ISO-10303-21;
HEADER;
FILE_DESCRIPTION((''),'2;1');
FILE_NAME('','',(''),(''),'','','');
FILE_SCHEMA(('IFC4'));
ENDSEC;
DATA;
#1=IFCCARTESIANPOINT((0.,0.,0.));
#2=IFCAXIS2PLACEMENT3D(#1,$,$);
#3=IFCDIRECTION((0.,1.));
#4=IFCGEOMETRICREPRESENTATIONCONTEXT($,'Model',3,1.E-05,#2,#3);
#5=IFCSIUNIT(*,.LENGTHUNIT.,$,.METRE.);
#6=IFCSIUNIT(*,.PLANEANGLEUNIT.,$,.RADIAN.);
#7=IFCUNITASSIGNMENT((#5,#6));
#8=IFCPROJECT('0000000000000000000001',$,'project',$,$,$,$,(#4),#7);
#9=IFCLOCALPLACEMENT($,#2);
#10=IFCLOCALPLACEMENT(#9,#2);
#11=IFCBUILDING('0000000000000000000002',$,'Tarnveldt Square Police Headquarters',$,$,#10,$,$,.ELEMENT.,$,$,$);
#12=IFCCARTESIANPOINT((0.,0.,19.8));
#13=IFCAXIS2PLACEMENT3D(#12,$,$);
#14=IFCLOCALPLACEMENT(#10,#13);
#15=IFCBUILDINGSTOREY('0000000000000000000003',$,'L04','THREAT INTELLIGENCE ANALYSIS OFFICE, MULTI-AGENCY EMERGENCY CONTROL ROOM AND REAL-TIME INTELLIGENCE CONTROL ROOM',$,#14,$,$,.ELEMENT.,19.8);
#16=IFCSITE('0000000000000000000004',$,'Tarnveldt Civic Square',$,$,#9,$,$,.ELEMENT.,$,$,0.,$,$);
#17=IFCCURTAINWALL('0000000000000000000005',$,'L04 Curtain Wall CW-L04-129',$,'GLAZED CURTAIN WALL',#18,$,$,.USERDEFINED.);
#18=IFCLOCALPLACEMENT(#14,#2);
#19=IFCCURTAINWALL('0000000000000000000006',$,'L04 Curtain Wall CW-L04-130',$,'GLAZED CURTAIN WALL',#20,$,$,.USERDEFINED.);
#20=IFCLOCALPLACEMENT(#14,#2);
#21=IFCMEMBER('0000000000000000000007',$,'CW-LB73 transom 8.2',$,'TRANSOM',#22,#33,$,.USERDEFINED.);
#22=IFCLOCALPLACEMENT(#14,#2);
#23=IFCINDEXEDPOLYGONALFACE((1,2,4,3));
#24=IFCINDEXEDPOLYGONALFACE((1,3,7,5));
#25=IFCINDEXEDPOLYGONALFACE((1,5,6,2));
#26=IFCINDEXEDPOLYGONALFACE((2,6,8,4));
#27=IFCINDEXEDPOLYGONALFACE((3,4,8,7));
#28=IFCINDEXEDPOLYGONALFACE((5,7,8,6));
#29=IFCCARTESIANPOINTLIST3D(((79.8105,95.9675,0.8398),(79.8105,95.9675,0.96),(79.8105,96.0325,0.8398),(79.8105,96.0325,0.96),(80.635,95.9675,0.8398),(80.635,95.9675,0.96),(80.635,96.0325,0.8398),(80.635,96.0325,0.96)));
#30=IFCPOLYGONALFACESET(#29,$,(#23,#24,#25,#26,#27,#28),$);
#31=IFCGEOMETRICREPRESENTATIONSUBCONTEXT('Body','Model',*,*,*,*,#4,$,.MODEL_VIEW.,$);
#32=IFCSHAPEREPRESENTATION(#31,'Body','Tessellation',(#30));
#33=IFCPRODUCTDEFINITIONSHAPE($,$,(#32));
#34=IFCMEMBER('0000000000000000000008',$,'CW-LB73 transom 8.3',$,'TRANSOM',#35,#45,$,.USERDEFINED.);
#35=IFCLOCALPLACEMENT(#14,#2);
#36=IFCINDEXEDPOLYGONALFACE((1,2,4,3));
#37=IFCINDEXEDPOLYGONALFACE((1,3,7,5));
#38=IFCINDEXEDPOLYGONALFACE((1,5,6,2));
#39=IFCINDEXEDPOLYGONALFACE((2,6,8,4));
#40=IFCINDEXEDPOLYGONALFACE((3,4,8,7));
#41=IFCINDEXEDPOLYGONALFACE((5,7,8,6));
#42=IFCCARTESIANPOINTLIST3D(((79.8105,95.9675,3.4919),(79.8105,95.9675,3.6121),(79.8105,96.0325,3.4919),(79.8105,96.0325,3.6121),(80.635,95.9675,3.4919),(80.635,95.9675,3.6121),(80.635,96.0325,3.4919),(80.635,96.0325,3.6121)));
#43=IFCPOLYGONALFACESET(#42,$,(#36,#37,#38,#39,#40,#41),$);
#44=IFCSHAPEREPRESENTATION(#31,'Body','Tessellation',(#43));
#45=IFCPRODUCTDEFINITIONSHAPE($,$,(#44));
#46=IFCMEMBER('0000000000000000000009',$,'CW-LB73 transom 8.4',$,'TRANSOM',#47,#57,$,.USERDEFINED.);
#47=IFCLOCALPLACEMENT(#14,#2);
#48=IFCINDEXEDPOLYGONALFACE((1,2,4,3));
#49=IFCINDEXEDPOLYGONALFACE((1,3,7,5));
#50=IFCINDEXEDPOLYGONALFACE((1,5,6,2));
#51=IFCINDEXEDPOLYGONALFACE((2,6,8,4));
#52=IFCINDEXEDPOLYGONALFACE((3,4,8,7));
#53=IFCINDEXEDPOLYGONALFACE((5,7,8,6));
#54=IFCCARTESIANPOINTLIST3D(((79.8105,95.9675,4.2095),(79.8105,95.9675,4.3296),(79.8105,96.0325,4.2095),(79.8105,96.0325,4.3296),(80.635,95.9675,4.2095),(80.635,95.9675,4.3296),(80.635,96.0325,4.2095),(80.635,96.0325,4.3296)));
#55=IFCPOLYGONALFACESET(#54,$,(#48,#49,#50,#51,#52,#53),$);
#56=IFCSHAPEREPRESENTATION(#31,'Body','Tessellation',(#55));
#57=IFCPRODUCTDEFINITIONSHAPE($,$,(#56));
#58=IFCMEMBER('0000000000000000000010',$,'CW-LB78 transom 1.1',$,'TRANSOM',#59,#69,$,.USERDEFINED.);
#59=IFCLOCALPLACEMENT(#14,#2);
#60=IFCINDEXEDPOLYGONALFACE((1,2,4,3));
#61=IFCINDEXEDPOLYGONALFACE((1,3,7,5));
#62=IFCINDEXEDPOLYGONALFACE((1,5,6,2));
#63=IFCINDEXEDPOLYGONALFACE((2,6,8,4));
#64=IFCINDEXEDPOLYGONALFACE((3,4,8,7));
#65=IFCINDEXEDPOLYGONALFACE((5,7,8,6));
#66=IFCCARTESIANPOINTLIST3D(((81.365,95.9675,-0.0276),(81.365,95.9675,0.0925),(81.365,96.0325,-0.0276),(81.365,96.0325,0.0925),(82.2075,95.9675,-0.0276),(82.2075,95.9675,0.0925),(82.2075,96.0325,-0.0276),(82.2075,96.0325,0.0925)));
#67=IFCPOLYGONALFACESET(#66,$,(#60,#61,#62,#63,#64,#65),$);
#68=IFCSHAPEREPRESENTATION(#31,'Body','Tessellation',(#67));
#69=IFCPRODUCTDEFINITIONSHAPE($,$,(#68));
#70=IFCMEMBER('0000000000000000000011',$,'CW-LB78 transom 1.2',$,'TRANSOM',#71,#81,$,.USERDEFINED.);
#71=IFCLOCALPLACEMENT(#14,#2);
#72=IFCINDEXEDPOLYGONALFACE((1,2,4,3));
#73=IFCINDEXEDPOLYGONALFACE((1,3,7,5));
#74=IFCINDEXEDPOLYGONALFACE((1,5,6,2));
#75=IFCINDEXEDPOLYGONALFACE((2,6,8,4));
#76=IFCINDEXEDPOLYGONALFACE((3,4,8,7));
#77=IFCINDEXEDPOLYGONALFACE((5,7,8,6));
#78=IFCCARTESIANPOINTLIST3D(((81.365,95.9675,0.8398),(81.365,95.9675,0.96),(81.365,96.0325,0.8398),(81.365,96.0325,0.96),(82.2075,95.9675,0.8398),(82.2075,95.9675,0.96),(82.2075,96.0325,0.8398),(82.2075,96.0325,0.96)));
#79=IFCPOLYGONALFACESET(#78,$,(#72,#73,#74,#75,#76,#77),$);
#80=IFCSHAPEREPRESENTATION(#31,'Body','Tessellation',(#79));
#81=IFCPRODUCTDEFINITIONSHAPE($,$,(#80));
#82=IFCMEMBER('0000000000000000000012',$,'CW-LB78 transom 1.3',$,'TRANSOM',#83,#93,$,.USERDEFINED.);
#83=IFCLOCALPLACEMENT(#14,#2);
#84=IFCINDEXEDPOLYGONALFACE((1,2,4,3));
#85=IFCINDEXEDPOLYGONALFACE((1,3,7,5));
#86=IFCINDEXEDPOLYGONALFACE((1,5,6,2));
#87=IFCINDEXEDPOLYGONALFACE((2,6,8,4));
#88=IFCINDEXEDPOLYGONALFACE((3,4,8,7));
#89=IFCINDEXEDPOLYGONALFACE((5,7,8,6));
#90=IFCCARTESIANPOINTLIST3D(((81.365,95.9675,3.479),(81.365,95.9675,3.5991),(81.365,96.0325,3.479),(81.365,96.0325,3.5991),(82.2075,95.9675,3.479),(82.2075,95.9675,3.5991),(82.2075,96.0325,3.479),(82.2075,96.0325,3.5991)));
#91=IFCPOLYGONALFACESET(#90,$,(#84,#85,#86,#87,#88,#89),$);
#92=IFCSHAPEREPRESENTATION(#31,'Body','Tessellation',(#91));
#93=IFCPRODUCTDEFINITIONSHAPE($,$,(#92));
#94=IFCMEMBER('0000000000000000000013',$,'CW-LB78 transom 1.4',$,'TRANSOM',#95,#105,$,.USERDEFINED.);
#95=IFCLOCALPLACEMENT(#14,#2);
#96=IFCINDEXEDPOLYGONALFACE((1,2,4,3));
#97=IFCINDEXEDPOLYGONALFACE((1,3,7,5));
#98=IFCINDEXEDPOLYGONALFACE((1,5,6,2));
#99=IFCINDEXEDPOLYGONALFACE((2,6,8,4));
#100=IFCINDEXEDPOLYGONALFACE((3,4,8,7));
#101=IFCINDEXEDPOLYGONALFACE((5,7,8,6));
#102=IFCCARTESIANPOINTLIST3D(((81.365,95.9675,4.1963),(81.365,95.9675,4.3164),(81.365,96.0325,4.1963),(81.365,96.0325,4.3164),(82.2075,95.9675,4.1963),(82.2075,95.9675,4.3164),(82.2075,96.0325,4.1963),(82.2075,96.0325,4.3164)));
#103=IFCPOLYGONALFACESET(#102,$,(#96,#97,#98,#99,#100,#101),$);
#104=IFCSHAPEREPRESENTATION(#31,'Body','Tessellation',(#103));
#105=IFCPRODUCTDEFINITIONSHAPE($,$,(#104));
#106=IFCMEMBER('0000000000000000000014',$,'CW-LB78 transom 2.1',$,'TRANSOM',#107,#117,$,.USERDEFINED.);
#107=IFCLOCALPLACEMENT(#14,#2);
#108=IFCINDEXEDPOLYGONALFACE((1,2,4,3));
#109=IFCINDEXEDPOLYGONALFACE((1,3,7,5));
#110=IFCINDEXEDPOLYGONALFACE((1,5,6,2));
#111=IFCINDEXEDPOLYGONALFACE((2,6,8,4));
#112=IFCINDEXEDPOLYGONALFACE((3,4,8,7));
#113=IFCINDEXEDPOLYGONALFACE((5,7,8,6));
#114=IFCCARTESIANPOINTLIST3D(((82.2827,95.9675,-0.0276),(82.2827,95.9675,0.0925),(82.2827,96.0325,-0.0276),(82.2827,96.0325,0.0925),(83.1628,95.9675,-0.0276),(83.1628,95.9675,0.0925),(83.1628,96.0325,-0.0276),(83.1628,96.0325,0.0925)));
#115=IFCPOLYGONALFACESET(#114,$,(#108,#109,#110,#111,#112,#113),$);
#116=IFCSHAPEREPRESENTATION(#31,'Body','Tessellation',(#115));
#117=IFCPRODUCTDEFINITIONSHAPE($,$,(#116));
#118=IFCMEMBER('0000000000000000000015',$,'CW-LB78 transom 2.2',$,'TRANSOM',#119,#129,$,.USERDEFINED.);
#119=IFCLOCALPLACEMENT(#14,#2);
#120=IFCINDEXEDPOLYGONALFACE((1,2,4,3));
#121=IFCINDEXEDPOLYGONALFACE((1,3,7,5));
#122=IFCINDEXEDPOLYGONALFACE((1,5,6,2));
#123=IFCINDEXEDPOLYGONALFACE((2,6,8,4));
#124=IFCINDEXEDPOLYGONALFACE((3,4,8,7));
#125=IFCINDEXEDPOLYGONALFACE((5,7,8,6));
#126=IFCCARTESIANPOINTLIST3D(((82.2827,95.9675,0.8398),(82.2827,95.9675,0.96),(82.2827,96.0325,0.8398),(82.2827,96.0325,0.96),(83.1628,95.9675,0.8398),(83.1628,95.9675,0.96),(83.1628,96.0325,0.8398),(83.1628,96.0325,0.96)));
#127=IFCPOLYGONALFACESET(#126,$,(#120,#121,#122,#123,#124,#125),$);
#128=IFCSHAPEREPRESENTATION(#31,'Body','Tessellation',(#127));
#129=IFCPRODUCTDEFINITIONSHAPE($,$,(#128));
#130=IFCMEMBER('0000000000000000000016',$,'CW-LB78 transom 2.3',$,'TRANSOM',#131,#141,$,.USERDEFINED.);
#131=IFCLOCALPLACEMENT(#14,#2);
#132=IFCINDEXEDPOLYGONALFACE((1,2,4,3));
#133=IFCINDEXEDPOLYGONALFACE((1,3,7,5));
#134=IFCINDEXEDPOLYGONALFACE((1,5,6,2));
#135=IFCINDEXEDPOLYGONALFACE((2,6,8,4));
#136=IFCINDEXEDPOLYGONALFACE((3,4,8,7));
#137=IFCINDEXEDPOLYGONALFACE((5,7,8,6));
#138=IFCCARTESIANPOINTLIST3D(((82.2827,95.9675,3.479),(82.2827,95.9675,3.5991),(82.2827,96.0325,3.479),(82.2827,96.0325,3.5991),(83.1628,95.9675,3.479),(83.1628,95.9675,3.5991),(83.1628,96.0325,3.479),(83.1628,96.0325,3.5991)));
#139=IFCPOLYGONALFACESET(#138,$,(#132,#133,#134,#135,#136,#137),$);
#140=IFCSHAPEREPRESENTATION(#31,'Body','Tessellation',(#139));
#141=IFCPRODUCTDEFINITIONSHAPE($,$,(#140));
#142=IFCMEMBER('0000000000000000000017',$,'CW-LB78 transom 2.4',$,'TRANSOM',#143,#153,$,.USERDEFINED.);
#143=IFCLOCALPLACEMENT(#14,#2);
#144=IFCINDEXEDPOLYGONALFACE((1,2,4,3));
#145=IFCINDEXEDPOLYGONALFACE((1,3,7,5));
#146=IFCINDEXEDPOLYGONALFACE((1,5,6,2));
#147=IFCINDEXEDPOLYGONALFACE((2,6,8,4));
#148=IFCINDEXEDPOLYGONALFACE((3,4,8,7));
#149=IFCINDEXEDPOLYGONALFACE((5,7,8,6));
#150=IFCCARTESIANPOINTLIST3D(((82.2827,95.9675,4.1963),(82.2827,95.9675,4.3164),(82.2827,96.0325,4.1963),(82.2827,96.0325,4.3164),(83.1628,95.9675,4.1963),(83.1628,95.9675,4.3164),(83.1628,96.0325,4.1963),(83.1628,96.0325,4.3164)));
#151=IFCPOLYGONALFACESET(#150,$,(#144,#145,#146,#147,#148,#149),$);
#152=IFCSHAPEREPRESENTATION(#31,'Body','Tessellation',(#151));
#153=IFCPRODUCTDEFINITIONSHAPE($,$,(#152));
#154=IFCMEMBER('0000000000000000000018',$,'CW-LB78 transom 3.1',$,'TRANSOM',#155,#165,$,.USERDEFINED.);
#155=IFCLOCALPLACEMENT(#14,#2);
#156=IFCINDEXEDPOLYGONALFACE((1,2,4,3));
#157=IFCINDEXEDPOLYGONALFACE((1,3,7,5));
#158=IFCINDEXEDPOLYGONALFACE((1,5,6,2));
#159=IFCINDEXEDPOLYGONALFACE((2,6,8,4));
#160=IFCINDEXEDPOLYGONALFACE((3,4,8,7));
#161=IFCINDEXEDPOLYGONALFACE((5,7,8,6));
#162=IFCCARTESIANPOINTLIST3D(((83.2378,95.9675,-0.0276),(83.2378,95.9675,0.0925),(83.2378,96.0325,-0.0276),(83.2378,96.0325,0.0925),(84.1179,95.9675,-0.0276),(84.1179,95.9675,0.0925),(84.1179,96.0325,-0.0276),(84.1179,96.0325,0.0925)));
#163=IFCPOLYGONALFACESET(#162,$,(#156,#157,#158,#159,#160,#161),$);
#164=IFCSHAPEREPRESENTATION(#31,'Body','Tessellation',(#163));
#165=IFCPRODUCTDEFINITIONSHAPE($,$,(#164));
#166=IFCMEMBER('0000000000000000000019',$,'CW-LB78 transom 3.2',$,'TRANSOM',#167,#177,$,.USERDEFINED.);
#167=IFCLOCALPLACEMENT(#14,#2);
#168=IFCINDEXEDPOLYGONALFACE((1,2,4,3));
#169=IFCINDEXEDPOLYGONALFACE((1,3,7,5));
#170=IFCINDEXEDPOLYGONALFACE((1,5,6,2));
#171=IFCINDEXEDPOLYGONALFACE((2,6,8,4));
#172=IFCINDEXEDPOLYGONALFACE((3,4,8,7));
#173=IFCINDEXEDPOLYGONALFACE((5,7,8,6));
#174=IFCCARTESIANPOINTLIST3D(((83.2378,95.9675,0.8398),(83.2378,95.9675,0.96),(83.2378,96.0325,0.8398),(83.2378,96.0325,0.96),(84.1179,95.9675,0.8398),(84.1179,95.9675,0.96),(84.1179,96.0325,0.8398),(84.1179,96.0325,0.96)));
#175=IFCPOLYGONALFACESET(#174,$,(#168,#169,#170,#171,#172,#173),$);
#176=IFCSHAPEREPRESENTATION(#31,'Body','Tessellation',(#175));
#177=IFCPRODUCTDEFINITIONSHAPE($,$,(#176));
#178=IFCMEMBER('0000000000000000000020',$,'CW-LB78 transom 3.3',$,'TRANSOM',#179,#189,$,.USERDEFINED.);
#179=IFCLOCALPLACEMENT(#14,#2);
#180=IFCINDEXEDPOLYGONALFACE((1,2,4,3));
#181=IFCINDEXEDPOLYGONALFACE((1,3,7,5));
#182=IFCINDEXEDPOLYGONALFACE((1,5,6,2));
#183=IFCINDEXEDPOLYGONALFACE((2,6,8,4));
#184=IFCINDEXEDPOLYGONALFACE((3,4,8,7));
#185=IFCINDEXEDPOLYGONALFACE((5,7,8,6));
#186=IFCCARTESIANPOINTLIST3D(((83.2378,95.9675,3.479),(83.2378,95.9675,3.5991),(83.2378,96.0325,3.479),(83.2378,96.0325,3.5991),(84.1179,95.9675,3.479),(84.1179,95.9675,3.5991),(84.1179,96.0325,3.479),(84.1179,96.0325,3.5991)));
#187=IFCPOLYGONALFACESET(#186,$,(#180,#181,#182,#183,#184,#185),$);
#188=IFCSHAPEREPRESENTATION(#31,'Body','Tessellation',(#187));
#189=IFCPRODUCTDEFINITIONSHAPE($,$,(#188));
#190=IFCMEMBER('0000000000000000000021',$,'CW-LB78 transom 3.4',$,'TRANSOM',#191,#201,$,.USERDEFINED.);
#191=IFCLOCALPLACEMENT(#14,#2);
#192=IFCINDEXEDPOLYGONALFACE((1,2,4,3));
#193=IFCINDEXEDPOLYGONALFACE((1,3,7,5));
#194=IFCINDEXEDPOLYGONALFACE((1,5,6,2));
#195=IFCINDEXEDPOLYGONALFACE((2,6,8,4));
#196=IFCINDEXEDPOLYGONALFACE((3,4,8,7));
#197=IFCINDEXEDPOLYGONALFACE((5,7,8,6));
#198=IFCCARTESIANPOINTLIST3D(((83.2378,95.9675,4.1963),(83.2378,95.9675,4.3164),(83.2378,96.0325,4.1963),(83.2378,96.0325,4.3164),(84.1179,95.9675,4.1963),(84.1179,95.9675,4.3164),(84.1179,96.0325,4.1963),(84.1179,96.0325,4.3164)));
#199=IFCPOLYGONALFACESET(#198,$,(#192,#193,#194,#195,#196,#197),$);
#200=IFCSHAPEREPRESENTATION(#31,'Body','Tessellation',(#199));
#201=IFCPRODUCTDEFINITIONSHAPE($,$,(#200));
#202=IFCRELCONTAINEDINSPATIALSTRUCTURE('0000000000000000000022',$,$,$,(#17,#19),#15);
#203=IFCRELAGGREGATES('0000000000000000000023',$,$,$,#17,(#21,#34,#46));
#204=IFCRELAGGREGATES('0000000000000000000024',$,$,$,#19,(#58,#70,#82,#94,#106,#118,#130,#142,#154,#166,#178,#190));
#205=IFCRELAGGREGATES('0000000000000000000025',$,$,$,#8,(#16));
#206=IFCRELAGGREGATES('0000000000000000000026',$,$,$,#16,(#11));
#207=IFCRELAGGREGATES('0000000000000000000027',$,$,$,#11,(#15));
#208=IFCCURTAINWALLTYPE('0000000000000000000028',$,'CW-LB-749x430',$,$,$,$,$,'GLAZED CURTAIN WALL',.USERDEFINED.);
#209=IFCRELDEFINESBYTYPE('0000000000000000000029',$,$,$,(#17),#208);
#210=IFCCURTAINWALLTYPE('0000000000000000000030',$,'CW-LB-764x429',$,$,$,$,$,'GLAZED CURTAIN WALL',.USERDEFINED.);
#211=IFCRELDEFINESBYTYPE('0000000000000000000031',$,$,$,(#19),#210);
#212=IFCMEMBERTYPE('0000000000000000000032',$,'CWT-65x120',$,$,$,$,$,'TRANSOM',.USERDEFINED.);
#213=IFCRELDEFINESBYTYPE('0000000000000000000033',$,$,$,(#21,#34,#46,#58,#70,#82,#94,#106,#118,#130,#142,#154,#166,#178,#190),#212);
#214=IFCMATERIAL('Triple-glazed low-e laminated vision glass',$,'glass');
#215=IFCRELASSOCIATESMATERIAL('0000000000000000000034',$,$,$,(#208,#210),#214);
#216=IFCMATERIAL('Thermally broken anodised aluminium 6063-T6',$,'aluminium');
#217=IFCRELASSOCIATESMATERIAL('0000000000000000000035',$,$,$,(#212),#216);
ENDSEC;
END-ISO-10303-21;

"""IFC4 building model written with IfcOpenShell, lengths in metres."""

from ifc_helpers import new_model, si_unit, direction, frame, origin, origin_2d, place, context, subcontext, project, spatial, rectangle, extrude, material, material_profile, profile_set, type_object, element, aggregate, save


model = new_model("IFC4")

# Units and contexts
model_context = context("Model", 3, precision=1e-05, world=origin(), true_north=direction((0.0, 1.0)))
body_context = subcontext(model_context, "Body", "Model", "MODEL_VIEW")
ifc_project = project(units=[si_unit("LENGTHUNIT", "METRE"), si_unit("PLANEANGLEUNIT", "RADIAN")], contexts=[model_context])

# Site, building, storey
site_placement = place(None, origin())
site = spatial("IfcSite", under=ifc_project, at=site_placement, Name="Tarnveldt Civic Square", CompositionType="ELEMENT", RefElevation=0.0)
building_placement = place(site_placement, origin())
building = spatial("IfcBuilding", under=site, at=building_placement, Name="Tarnveldt Square Police Headquarters", CompositionType="ELEMENT")
storey_placement = place(building_placement, frame((0.0, 0.0, 19.8)))
storey = spatial("IfcBuildingStorey", under=building, at=storey_placement, Name="L04", Description="THREAT INTELLIGENCE ANALYSIS OFFICE, MULTI-AGENCY EMERGENCY CONTROL ROOM AND REAL-TIME INTELLIGENCE CONTROL ROOM", CompositionType="ELEMENT", Elevation=19.8)

# Curtain walls
ifc_material_1 = material(Name="Triple-glazed low-e laminated vision glass", Category="glass")
curtain_wall_type_1 = type_object("IfcCurtainWallType", Name="CW-LB-749x430", ElementType="GLAZED CURTAIN WALL", PredefinedType="USERDEFINED", material=ifc_material_1)
curtain_wall_1_placement = place(storey_placement, origin())
curtain_wall_1 = element("IfcCurtainWall", 1, at=curtain_wall_1_placement, inside=storey, type_object=curtain_wall_type_1, Name="L04 Curtain Wall CW-L04-129", ObjectType="GLAZED CURTAIN WALL", PredefinedType="USERDEFINED")
ifc_material_2 = material(Name="Thermally broken anodised aluminium 6063-T6", Category="aluminium")
curtain_wall_type_2 = type_object("IfcCurtainWallType", Name="CW-LB-764x429", ElementType="GLAZED CURTAIN WALL", PredefinedType="USERDEFINED", material=ifc_material_1)
curtain_wall_2_placement = place(storey_placement, origin())
curtain_wall_2 = element("IfcCurtainWall", 2, at=curtain_wall_2_placement, inside=storey, type_object=curtain_wall_type_2, Name="L04 Curtain Wall CW-L04-130", ObjectType="GLAZED CURTAIN WALL", PredefinedType="USERDEFINED")

# Members
ifc_material_profile_1 = material_profile(ifc_material_2, rectangle(XDim=0.0649, YDim=0.1201, at=origin_2d()), Name="CW-T65x120")
ifc_profile_set_1 = profile_set([ifc_material_profile_1], Name="Thermally broken anodised aluminium 6063-T6")
member_type_1 = type_object("IfcMemberType", Name="CWT-65x120", ElementType="TRANSOM", PredefinedType="USERDEFINED", material=ifc_profile_set_1)
member_1_placement = place(storey_placement, frame((79.8105, 96.0, 0.8999), z_axis=(1.0, 0.0, 0.0), x_axis=(0.0, 1.0, 0.0)))
member_1 = element("IfcMember", 3, at=member_1_placement, type_object=member_type_1, Name="CW-LB73 transom 8.2", ObjectType="TRANSOM", PredefinedType="USERDEFINED", context=body_context, shape_type="SweptSolid", body=[
    extrude(rectangle(XDim=0.0649, YDim=0.1201, at=origin_2d()), origin(), (0.0, 0.0, 1.0), 0.8245),
])
member_2_placement = place(storey_placement, frame((79.8105, 96.0, 3.552), z_axis=(1.0, 0.0, 0.0), x_axis=(0.0, 1.0, 0.0)))
member_2 = element("IfcMember", 4, at=member_2_placement, type_object=member_type_1, Name="CW-LB73 transom 8.3", ObjectType="TRANSOM", PredefinedType="USERDEFINED", context=body_context, shape_type="SweptSolid", body=[
    extrude(rectangle(XDim=0.0649, YDim=0.1201, at=origin_2d()), origin(), (0.0, 0.0, 1.0), 0.8245),
])
member_3_placement = place(storey_placement, frame((79.8105, 96.0, 4.2695), z_axis=(1.0, 0.0, 0.0), x_axis=(0.0, 1.0, 0.0)))
member_3 = element("IfcMember", 5, at=member_3_placement, type_object=member_type_1, Name="CW-LB73 transom 8.4", ObjectType="TRANSOM", PredefinedType="USERDEFINED", context=body_context, shape_type="SweptSolid", body=[
    extrude(rectangle(XDim=0.0649, YDim=0.1201, at=origin_2d()), origin(), (0.0, 0.0, 1.0), 0.8245),
])
member_4_placement = place(storey_placement, frame((81.365, 96.0, 0.0325), z_axis=(1.0, 0.0, 0.0), x_axis=(0.0, 1.0, 0.0)))
member_4 = element("IfcMember", 6, at=member_4_placement, type_object=member_type_1, Name="CW-LB78 transom 1.1", ObjectType="TRANSOM", PredefinedType="USERDEFINED", context=body_context, shape_type="SweptSolid", body=[
    extrude(rectangle(XDim=0.0649, YDim=0.1201, at=origin_2d()), origin(), (0.0, 0.0, 1.0), 0.8425),
])
member_5_placement = place(storey_placement, frame((81.365, 96.0, 0.8999), z_axis=(1.0, 0.0, 0.0), x_axis=(0.0, 1.0, 0.0)))
member_5 = element("IfcMember", 7, at=member_5_placement, type_object=member_type_1, Name="CW-LB78 transom 1.2", ObjectType="TRANSOM", PredefinedType="USERDEFINED", context=body_context, shape_type="SweptSolid", body=[
    extrude(rectangle(XDim=0.0649, YDim=0.1201, at=origin_2d()), origin(), (0.0, 0.0, 1.0), 0.8425),
])
member_6_placement = place(storey_placement, frame((81.365, 96.0, 3.5391), z_axis=(1.0, 0.0, 0.0), x_axis=(0.0, 1.0, 0.0)))
member_6 = element("IfcMember", 8, at=member_6_placement, type_object=member_type_1, Name="CW-LB78 transom 1.3", ObjectType="TRANSOM", PredefinedType="USERDEFINED", context=body_context, shape_type="SweptSolid", body=[
    extrude(rectangle(XDim=0.0649, YDim=0.1201, at=origin_2d()), origin(), (0.0, 0.0, 1.0), 0.8425),
])
member_7_placement = place(storey_placement, frame((81.365, 96.0, 4.2563), z_axis=(1.0, 0.0, 0.0), x_axis=(0.0, 1.0, 0.0)))
member_7 = element("IfcMember", 9, at=member_7_placement, type_object=member_type_1, Name="CW-LB78 transom 1.4", ObjectType="TRANSOM", PredefinedType="USERDEFINED", context=body_context, shape_type="SweptSolid", body=[
    extrude(rectangle(XDim=0.0649, YDim=0.1201, at=origin_2d()), origin(), (0.0, 0.0, 1.0), 0.8425),
])
member_8_placement = place(storey_placement, frame((82.2827, 96.0, 0.0325), z_axis=(1.0, 0.0, 0.0), x_axis=(0.0, 1.0, 0.0)))
member_8 = element("IfcMember", 10, at=member_8_placement, type_object=member_type_1, Name="CW-LB78 transom 2.1", ObjectType="TRANSOM", PredefinedType="USERDEFINED", context=body_context, shape_type="SweptSolid", body=[
    extrude(rectangle(XDim=0.0649, YDim=0.1201, at=origin_2d()), origin(), (0.0, 0.0, 1.0), 0.8801),
])
member_9_placement = place(storey_placement, frame((82.2827, 96.0, 0.8999), z_axis=(1.0, 0.0, 0.0), x_axis=(0.0, 1.0, 0.0)))
member_9 = element("IfcMember", 11, at=member_9_placement, type_object=member_type_1, Name="CW-LB78 transom 2.2", ObjectType="TRANSOM", PredefinedType="USERDEFINED", context=body_context, shape_type="SweptSolid", body=[
    extrude(rectangle(XDim=0.0649, YDim=0.1201, at=origin_2d()), origin(), (0.0, 0.0, 1.0), 0.8801),
])
member_10_placement = place(storey_placement, frame((82.2827, 96.0, 3.5391), z_axis=(1.0, 0.0, 0.0), x_axis=(0.0, 1.0, 0.0)))
member_10 = element("IfcMember", 12, at=member_10_placement, type_object=member_type_1, Name="CW-LB78 transom 2.3", ObjectType="TRANSOM", PredefinedType="USERDEFINED", context=body_context, shape_type="SweptSolid", body=[
    extrude(rectangle(XDim=0.0649, YDim=0.1201, at=origin_2d()), origin(), (0.0, 0.0, 1.0), 0.8801),
])
member_11_placement = place(storey_placement, frame((82.2827, 96.0, 4.2563), z_axis=(1.0, 0.0, 0.0), x_axis=(0.0, 1.0, 0.0)))
member_11 = element("IfcMember", 13, at=member_11_placement, type_object=member_type_1, Name="CW-LB78 transom 2.4", ObjectType="TRANSOM", PredefinedType="USERDEFINED", context=body_context, shape_type="SweptSolid", body=[
    extrude(rectangle(XDim=0.0649, YDim=0.1201, at=origin_2d()), origin(), (0.0, 0.0, 1.0), 0.8801),
])
member_12_placement = place(storey_placement, frame((83.2378, 96.0, 0.0325), z_axis=(1.0, 0.0, 0.0), x_axis=(0.0, 1.0, 0.0)))
member_12 = element("IfcMember", 14, at=member_12_placement, type_object=member_type_1, Name="CW-LB78 transom 3.1", ObjectType="TRANSOM", PredefinedType="USERDEFINED", context=body_context, shape_type="SweptSolid", body=[
    extrude(rectangle(XDim=0.0649, YDim=0.1201, at=origin_2d()), origin(), (0.0, 0.0, 1.0), 0.8801),
])
member_13_placement = place(storey_placement, frame((83.2378, 96.0, 0.8999), z_axis=(1.0, 0.0, 0.0), x_axis=(0.0, 1.0, 0.0)))
member_13 = element("IfcMember", 15, at=member_13_placement, type_object=member_type_1, Name="CW-LB78 transom 3.2", ObjectType="TRANSOM", PredefinedType="USERDEFINED", context=body_context, shape_type="SweptSolid", body=[
    extrude(rectangle(XDim=0.0649, YDim=0.1201, at=origin_2d()), origin(), (0.0, 0.0, 1.0), 0.8801),
])
member_14_placement = place(storey_placement, frame((83.2378, 96.0, 3.5391), z_axis=(1.0, 0.0, 0.0), x_axis=(0.0, 1.0, 0.0)))
member_14 = element("IfcMember", 16, at=member_14_placement, type_object=member_type_1, Name="CW-LB78 transom 3.3", ObjectType="TRANSOM", PredefinedType="USERDEFINED", context=body_context, shape_type="SweptSolid", body=[
    extrude(rectangle(XDim=0.0649, YDim=0.1201, at=origin_2d()), origin(), (0.0, 0.0, 1.0), 0.8801),
])
member_15_placement = place(storey_placement, frame((83.2378, 96.0, 4.2563), z_axis=(1.0, 0.0, 0.0), x_axis=(0.0, 1.0, 0.0)))
member_15 = element("IfcMember", 17, at=member_15_placement, type_object=member_type_1, Name="CW-LB78 transom 3.4", ObjectType="TRANSOM", PredefinedType="USERDEFINED", context=body_context, shape_type="SweptSolid", body=[
    extrude(rectangle(XDim=0.0649, YDim=0.1201, at=origin_2d()), origin(), (0.0, 0.0, 1.0), 0.8801),
])

aggregate(curtain_wall_1, [member_1, member_2, member_3])
aggregate(curtain_wall_2, [member_4, member_5, member_6, member_7, member_8, member_9, member_10, member_11, member_12, member_13, member_14, member_15])

save(model, "model.ifc")
